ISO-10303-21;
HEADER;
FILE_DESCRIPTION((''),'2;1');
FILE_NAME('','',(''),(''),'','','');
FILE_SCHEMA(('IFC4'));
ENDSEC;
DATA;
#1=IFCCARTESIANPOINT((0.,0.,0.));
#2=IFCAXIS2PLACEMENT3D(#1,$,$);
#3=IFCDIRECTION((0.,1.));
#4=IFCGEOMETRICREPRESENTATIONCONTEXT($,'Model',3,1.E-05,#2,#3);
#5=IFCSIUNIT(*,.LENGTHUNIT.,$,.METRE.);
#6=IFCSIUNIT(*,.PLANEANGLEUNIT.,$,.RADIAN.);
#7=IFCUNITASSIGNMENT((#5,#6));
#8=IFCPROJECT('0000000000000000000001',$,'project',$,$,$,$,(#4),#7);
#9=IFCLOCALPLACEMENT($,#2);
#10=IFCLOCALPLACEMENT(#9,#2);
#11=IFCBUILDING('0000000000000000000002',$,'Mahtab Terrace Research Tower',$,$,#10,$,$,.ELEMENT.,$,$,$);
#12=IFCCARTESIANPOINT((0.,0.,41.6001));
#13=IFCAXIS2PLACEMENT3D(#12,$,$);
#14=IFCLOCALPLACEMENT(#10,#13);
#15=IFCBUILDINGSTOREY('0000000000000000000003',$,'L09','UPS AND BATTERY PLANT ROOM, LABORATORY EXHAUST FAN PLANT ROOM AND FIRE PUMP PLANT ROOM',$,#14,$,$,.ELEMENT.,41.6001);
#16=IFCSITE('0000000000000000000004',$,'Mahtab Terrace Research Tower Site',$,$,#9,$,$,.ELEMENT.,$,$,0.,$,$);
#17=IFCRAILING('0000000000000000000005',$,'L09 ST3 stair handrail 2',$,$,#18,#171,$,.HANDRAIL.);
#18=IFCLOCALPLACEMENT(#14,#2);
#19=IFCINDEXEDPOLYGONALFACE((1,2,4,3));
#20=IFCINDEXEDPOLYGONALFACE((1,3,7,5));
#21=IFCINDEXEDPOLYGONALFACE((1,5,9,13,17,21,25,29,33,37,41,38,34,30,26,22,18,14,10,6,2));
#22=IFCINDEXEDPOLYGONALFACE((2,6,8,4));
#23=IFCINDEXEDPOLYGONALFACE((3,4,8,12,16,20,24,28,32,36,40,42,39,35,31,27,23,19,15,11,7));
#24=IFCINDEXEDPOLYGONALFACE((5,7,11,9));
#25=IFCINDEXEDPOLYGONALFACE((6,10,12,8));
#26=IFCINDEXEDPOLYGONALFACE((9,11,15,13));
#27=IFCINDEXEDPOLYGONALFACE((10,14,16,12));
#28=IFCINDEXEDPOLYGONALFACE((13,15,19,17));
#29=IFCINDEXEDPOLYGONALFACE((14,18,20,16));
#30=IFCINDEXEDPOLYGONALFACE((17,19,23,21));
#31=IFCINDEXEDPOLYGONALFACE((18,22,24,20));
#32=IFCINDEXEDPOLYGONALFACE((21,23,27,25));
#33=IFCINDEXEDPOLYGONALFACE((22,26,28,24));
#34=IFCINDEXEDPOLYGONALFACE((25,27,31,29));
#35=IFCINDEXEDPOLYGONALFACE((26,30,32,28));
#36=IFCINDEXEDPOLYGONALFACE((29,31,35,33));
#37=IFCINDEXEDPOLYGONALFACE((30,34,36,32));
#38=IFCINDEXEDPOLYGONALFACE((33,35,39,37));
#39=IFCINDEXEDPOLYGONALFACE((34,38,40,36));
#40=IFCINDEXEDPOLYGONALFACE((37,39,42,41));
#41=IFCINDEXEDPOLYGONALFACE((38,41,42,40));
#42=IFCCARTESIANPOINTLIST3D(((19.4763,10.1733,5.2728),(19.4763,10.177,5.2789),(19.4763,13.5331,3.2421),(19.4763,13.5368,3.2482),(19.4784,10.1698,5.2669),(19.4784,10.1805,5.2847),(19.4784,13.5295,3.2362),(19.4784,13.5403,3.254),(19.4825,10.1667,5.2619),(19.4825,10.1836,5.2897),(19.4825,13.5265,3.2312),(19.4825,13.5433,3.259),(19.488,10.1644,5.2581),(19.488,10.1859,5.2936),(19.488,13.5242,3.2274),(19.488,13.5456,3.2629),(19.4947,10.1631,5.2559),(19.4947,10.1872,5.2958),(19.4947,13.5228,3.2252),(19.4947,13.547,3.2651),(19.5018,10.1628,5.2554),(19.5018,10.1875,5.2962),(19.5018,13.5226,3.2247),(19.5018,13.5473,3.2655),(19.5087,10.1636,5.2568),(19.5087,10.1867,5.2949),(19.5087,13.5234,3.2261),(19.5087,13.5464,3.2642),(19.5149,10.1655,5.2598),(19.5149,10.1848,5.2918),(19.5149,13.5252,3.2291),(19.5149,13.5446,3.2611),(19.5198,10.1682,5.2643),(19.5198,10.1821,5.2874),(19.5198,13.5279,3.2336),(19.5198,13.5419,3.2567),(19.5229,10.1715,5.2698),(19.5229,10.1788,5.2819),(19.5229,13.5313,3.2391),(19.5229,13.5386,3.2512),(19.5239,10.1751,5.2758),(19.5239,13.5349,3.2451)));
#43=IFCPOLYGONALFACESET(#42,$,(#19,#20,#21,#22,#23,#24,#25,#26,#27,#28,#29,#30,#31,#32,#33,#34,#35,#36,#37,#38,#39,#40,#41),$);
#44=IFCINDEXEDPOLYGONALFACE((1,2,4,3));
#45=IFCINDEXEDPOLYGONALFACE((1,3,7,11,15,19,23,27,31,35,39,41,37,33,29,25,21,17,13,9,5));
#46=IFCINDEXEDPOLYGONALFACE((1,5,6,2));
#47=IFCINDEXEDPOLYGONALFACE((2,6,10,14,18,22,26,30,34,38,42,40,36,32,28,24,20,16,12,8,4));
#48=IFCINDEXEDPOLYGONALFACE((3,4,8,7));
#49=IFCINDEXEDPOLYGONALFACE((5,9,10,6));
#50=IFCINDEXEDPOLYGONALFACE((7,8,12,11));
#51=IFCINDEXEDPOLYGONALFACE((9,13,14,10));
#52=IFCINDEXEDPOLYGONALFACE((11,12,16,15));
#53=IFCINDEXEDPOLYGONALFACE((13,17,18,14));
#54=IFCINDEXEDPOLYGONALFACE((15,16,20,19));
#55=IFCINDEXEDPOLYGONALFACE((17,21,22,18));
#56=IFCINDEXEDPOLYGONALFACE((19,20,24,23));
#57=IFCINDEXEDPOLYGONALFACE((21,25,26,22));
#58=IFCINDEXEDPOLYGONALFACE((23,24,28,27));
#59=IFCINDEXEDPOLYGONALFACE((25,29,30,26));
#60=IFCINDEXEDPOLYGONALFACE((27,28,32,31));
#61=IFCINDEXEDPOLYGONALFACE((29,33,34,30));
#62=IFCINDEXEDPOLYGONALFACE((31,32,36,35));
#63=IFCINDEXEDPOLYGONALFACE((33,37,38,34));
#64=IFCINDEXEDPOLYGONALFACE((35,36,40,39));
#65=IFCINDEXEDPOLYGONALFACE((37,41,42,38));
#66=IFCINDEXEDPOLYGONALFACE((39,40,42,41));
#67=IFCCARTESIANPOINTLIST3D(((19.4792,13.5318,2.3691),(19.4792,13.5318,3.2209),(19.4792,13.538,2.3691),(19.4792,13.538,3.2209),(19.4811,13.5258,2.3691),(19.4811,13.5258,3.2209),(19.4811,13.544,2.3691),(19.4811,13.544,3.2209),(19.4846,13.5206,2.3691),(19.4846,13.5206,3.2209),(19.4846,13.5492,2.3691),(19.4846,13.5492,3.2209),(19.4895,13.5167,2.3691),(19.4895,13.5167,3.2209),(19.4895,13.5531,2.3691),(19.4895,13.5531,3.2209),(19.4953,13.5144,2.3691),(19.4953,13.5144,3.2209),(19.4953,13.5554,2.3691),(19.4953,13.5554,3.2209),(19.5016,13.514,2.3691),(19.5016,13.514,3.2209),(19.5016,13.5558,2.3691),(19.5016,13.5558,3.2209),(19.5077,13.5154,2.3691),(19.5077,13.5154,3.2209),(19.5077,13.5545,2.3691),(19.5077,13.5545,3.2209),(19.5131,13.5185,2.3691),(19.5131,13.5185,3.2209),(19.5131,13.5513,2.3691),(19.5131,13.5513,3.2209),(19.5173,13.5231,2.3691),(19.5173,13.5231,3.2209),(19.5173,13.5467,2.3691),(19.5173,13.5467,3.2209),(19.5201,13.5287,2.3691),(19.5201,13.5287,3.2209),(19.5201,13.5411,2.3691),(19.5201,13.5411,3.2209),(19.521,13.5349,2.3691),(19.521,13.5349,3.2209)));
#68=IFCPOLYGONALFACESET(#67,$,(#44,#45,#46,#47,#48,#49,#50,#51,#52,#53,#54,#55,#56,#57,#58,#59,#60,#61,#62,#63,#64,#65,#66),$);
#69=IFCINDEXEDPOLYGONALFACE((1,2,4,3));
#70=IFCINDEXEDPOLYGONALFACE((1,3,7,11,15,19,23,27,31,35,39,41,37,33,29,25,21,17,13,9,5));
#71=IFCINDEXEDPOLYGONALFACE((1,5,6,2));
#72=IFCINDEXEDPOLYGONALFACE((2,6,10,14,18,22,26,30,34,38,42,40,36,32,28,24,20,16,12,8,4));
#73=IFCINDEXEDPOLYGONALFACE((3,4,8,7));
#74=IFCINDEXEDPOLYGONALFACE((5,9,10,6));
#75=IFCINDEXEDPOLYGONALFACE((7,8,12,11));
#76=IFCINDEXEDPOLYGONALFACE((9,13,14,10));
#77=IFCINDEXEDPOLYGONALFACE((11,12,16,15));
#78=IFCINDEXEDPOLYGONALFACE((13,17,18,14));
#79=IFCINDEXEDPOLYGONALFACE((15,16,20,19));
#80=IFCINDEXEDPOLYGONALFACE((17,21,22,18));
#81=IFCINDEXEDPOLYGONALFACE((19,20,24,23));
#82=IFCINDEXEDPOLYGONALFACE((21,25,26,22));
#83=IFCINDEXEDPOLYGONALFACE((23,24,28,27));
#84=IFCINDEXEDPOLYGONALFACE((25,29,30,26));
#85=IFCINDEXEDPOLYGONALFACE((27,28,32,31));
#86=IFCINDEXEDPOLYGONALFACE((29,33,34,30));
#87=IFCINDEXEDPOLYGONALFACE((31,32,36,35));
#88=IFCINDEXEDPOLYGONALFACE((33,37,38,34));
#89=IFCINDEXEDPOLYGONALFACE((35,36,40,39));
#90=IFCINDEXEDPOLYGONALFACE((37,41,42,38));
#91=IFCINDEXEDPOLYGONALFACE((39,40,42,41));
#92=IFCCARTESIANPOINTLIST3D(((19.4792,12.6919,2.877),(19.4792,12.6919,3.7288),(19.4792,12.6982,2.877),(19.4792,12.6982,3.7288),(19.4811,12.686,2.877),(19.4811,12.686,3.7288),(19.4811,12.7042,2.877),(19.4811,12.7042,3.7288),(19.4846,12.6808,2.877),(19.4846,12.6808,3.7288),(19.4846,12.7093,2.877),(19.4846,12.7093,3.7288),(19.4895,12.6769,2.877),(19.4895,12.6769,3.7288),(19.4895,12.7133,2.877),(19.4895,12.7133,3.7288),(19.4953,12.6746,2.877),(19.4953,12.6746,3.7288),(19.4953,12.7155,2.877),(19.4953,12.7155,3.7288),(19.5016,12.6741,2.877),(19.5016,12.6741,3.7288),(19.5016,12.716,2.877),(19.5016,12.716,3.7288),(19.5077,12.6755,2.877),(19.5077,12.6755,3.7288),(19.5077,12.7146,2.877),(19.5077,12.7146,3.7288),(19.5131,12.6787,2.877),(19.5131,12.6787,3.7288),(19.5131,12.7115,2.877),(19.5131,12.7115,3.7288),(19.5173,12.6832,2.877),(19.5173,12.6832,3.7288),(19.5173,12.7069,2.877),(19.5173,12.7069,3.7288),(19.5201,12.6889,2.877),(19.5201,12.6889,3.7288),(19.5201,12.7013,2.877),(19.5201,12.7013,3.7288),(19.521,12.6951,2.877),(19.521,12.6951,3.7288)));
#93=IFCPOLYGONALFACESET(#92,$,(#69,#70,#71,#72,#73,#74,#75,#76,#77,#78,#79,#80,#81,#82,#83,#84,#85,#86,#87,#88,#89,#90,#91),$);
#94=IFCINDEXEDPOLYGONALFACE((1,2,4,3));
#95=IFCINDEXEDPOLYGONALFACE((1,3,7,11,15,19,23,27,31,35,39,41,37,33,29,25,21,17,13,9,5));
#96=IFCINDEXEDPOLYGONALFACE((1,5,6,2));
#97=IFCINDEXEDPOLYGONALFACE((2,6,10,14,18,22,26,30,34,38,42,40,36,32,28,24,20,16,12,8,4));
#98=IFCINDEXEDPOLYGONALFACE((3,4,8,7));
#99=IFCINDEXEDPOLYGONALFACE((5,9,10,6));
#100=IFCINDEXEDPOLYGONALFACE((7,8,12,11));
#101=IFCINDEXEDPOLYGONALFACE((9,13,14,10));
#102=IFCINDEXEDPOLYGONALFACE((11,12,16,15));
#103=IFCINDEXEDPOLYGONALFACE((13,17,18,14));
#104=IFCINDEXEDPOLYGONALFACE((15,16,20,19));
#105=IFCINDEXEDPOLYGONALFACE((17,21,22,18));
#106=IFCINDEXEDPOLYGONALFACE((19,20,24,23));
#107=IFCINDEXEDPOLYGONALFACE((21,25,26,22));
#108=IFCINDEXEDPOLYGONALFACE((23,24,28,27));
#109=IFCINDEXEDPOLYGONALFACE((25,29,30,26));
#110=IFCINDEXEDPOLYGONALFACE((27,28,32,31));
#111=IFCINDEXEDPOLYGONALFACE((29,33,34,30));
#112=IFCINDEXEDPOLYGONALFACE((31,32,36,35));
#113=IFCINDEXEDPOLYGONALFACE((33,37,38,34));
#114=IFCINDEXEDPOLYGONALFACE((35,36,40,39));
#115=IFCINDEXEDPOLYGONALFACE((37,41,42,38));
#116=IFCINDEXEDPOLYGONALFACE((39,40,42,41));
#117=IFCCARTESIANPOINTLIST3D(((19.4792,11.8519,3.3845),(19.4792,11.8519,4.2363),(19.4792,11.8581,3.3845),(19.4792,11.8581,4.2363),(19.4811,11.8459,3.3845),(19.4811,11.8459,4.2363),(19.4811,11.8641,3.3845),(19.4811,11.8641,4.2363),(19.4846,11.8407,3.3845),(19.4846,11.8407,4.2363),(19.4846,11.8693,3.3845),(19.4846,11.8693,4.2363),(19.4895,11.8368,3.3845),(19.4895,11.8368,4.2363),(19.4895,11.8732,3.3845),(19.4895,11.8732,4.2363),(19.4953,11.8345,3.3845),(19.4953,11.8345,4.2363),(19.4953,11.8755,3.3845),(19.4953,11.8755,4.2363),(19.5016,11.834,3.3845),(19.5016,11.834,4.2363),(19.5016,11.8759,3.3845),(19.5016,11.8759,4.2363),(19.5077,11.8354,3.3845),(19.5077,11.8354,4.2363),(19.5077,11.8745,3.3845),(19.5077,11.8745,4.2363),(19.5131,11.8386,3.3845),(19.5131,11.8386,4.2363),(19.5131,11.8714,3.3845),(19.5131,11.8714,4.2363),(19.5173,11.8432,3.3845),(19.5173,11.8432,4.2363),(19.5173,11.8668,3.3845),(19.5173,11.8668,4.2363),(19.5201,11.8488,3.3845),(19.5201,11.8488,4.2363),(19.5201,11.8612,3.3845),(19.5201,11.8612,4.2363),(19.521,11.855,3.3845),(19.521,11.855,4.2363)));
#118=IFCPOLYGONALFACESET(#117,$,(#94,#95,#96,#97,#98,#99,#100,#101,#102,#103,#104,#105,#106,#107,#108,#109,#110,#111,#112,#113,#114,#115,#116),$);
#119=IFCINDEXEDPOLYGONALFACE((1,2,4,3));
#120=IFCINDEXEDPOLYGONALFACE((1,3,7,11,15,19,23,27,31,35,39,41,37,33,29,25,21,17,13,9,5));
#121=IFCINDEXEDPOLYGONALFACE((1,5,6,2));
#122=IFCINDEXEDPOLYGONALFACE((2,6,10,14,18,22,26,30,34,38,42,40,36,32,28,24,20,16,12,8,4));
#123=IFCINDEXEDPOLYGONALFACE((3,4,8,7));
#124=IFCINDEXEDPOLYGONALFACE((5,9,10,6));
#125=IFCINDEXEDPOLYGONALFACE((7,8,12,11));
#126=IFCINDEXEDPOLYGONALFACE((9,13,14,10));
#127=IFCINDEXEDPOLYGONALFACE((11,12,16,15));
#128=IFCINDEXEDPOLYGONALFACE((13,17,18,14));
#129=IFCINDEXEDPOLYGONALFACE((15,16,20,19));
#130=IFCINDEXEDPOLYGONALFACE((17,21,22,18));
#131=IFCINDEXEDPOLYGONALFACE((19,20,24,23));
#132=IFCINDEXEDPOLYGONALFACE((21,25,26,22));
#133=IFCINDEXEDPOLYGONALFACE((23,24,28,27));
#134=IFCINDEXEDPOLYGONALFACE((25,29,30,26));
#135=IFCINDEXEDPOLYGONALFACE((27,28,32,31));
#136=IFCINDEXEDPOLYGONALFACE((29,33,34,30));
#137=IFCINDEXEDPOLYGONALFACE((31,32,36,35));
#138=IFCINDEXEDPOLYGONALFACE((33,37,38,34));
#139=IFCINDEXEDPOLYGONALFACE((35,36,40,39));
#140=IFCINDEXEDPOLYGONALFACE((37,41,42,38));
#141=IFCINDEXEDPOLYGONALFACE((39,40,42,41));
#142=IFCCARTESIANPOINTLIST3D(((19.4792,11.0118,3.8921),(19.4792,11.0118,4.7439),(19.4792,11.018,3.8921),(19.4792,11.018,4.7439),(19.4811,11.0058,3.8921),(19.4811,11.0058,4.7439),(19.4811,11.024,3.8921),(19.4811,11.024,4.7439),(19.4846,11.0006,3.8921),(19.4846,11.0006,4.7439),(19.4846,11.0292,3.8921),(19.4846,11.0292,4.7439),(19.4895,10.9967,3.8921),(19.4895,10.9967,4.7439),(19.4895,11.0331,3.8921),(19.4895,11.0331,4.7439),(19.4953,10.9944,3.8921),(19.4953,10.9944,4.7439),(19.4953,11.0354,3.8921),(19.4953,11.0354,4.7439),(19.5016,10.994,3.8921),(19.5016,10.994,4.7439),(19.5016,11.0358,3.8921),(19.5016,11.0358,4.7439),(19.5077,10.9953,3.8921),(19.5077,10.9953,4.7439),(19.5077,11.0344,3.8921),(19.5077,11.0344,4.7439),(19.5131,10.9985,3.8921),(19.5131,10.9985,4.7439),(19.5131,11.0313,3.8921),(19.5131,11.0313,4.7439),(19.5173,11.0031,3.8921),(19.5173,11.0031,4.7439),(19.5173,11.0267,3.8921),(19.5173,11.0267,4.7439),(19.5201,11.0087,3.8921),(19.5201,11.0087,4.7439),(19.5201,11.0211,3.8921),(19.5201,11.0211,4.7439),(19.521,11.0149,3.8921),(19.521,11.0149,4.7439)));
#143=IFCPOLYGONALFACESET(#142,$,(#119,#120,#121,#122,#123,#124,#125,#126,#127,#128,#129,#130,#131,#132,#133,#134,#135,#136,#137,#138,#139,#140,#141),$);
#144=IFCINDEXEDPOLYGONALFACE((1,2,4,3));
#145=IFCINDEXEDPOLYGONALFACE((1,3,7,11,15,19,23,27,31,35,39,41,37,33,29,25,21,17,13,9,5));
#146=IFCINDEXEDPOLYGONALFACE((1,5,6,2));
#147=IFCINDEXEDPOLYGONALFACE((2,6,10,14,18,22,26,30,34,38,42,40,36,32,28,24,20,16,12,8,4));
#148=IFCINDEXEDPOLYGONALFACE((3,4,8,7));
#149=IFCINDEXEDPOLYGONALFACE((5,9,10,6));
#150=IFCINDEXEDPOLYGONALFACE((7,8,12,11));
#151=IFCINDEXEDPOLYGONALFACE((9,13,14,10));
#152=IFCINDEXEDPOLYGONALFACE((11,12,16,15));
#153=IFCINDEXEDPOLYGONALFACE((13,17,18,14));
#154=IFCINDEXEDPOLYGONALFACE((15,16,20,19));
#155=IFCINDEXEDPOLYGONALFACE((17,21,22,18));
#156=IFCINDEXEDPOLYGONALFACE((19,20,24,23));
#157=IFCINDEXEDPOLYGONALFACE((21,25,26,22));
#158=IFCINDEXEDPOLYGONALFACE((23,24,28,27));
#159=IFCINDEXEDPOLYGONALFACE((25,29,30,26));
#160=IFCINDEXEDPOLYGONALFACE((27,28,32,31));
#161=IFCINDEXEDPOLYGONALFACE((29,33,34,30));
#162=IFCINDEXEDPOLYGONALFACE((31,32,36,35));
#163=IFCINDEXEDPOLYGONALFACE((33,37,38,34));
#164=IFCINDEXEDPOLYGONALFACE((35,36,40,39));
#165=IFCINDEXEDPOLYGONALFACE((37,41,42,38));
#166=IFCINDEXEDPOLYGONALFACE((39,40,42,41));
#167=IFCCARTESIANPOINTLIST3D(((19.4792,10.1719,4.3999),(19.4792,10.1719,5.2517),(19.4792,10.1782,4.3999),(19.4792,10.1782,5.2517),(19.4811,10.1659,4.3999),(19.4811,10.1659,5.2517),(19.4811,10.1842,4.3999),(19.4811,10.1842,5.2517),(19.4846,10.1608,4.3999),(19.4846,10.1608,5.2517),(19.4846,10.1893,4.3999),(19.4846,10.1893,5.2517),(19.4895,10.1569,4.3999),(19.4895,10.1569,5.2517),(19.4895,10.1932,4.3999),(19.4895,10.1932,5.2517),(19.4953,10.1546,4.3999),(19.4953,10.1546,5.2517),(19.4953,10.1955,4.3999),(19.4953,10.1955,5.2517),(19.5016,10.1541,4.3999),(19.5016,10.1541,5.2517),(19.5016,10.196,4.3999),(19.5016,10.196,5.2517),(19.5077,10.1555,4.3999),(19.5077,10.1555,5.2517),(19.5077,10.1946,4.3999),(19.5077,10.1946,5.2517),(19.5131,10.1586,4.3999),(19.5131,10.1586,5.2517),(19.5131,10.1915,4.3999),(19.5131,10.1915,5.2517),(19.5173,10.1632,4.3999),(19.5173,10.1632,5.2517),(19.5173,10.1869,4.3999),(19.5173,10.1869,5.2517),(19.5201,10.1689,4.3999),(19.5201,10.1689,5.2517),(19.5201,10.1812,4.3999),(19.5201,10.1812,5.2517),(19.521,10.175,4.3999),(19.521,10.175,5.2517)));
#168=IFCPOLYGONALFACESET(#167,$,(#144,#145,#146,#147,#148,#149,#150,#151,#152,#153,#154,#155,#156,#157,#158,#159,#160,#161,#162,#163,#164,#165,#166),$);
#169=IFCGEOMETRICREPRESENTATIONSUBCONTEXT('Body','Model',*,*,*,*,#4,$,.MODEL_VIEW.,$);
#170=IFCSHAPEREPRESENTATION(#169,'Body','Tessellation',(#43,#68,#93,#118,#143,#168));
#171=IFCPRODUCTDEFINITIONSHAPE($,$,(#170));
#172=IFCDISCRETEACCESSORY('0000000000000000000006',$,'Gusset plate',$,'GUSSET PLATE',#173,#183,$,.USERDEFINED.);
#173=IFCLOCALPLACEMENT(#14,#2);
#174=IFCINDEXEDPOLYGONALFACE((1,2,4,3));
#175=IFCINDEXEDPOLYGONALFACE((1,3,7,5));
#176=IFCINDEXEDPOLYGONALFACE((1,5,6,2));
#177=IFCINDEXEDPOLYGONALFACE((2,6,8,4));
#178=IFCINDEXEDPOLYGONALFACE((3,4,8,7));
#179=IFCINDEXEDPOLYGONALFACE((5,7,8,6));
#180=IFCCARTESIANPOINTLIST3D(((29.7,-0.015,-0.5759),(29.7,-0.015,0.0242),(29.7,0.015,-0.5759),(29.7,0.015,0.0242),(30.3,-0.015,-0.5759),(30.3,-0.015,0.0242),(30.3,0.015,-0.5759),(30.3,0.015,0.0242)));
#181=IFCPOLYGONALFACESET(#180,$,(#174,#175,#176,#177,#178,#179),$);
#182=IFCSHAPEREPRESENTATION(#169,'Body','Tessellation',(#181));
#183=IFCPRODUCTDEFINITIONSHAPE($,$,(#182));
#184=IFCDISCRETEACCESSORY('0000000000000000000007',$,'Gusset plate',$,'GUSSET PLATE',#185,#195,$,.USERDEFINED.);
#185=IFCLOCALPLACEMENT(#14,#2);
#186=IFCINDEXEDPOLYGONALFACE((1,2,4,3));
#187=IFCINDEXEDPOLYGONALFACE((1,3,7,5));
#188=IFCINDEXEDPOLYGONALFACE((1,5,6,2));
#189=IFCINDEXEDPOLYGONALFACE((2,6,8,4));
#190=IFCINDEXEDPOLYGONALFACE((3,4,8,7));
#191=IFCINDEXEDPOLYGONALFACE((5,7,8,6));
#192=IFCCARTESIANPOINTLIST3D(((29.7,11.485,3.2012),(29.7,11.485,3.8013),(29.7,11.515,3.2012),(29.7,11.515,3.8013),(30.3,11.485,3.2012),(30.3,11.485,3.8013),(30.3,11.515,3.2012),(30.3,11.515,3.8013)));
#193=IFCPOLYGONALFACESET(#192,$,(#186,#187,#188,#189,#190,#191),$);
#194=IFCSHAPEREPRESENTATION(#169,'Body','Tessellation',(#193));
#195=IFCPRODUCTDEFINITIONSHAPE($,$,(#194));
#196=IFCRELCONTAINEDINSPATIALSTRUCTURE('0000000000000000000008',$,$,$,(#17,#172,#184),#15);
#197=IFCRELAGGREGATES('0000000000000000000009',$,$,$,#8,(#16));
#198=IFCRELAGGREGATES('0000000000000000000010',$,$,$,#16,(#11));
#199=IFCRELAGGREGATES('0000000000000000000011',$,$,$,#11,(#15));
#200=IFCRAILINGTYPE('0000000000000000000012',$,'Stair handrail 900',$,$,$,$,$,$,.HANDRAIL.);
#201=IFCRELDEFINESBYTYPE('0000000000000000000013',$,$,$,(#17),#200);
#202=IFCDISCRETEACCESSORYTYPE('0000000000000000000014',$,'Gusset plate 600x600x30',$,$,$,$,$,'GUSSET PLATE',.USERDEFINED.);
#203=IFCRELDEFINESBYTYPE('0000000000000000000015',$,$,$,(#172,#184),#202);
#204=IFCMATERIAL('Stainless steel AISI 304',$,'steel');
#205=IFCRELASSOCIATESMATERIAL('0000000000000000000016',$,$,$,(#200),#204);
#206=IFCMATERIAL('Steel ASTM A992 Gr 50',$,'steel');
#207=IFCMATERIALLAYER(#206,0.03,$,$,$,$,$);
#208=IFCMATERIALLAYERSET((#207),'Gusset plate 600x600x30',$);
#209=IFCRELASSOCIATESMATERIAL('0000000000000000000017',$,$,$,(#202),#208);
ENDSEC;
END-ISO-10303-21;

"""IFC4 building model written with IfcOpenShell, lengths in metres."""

from ifc_helpers import new_model, si_unit, direction, frame, origin, origin_2d, place, context, subcontext, project, spatial, rectangle, circle, extrude, material, layer, layer_set, type_object, element, save


model = new_model("IFC4")

# Units and contexts
model_context = context("Model", 3, precision=1e-05, world=origin(), true_north=direction((0.0, 1.0)))
body_context = subcontext(model_context, "Body", "Model", "MODEL_VIEW")
ifc_project = project(units=[si_unit("LENGTHUNIT", "METRE"), si_unit("PLANEANGLEUNIT", "RADIAN")], contexts=[model_context])

# Site, building, storey
site_placement = place(None, origin())
site = spatial("IfcSite", under=ifc_project, at=site_placement, Name="Mahtab Terrace Research Tower Site", CompositionType="ELEMENT", RefElevation=0.0)
building_placement = place(site_placement, origin())
building = spatial("IfcBuilding", under=site, at=building_placement, Name="Mahtab Terrace Research Tower", CompositionType="ELEMENT")
storey_placement = place(building_placement, frame((0.0, 0.0, 41.6001)))
storey = spatial("IfcBuildingStorey", under=building, at=storey_placement, Name="L09", Description="UPS AND BATTERY PLANT ROOM, LABORATORY EXHAUST FAN PLANT ROOM AND FIRE PUMP PLANT ROOM", CompositionType="ELEMENT", Elevation=41.6001)

# Shared definitions
ifc_material_1 = material(Name="Steel ASTM A992 Gr 50", Category="steel")

# Railing
ifc_material_2 = material(Name="Stainless steel AISI 304", Category="steel")
railing_type_1 = type_object("IfcRailingType", Name="Stair handrail 900", PredefinedType="HANDRAIL", material=ifc_material_2)
railing_1_placement = place(storey_placement, frame((19.5, 13.5349, 2.3691)))
element("IfcRailing", 1, at=railing_1_placement, inside=storey, type_object=railing_type_1, Name="L09 ST3 stair handrail 2", PredefinedType="HANDRAIL", context=body_context, shape_type="SweptSolid", body=[
    extrude(circle(Radius=0.0239, at=origin_2d()), frame((0.0, 0.0, 0.876), z_axis=(0.0, -0.85582, 0.517273), x_axis=(1.0, 0.0, 0.0)), (0.0, 0.0, 1.0), 3.9258),
    extrude(circle(Radius=0.021, at=origin_2d()), origin(), (0.0, 0.0, 1.0), 0.8518),
    extrude(circle(Radius=0.021, at=origin_2d()), frame((0.0, -0.8398, 0.5078)), (0.0, 0.0, 1.0), 0.8518),
    extrude(circle(Radius=0.021, at=origin_2d()), frame((0.0, -1.6799, 1.0154)), (0.0, 0.0, 1.0), 0.8518),
    extrude(circle(Radius=0.021, at=origin_2d()), frame((0.0, -2.52, 1.5229)), (0.0, 0.0, 1.0), 0.8518),
    extrude(circle(Radius=0.021, at=origin_2d()), frame((0.0, -3.3599, 2.0308)), (0.0, 0.0, 1.0), 0.8518),
])

# Discrete accessories
ifc_layer_1 = layer(ifc_material_1, 0.03)
ifc_layer_set_1 = layer_set([ifc_layer_1], Name="Gusset plate 600x600x30")
discrete_accessory_type = type_object("IfcDiscreteAccessoryType", Name="Gusset plate 600x600x30", ElementType="GUSSET PLATE", PredefinedType="USERDEFINED", material=ifc_layer_set_1)
for number, where, z_axis, x_axis, name in (
    (2, (30.0, 0.0, -0.5759), (0.0, 0.0, 1.0), (1.0, 0.0, 0.0), "Gusset plate"),
    (3, (30.0, 11.5, 3.2012), (0.0, 0.0, 1.0), (1.0, 0.0, 0.0), "Gusset plate"),
):
    element("IfcDiscreteAccessory", number, at=place(storey_placement, frame(where, z_axis=z_axis, x_axis=x_axis)), inside=storey, type_object=discrete_accessory_type, Name=name, ObjectType="GUSSET PLATE", PredefinedType="USERDEFINED", context=body_context, shape_type="SweptSolid", body=[
        extrude(rectangle(XDim=0.6001, YDim=0.03, at=origin_2d()), origin(), (0.0, 0.0, 1.0), 0.6001),
    ])

save(model, "model.ifc")
